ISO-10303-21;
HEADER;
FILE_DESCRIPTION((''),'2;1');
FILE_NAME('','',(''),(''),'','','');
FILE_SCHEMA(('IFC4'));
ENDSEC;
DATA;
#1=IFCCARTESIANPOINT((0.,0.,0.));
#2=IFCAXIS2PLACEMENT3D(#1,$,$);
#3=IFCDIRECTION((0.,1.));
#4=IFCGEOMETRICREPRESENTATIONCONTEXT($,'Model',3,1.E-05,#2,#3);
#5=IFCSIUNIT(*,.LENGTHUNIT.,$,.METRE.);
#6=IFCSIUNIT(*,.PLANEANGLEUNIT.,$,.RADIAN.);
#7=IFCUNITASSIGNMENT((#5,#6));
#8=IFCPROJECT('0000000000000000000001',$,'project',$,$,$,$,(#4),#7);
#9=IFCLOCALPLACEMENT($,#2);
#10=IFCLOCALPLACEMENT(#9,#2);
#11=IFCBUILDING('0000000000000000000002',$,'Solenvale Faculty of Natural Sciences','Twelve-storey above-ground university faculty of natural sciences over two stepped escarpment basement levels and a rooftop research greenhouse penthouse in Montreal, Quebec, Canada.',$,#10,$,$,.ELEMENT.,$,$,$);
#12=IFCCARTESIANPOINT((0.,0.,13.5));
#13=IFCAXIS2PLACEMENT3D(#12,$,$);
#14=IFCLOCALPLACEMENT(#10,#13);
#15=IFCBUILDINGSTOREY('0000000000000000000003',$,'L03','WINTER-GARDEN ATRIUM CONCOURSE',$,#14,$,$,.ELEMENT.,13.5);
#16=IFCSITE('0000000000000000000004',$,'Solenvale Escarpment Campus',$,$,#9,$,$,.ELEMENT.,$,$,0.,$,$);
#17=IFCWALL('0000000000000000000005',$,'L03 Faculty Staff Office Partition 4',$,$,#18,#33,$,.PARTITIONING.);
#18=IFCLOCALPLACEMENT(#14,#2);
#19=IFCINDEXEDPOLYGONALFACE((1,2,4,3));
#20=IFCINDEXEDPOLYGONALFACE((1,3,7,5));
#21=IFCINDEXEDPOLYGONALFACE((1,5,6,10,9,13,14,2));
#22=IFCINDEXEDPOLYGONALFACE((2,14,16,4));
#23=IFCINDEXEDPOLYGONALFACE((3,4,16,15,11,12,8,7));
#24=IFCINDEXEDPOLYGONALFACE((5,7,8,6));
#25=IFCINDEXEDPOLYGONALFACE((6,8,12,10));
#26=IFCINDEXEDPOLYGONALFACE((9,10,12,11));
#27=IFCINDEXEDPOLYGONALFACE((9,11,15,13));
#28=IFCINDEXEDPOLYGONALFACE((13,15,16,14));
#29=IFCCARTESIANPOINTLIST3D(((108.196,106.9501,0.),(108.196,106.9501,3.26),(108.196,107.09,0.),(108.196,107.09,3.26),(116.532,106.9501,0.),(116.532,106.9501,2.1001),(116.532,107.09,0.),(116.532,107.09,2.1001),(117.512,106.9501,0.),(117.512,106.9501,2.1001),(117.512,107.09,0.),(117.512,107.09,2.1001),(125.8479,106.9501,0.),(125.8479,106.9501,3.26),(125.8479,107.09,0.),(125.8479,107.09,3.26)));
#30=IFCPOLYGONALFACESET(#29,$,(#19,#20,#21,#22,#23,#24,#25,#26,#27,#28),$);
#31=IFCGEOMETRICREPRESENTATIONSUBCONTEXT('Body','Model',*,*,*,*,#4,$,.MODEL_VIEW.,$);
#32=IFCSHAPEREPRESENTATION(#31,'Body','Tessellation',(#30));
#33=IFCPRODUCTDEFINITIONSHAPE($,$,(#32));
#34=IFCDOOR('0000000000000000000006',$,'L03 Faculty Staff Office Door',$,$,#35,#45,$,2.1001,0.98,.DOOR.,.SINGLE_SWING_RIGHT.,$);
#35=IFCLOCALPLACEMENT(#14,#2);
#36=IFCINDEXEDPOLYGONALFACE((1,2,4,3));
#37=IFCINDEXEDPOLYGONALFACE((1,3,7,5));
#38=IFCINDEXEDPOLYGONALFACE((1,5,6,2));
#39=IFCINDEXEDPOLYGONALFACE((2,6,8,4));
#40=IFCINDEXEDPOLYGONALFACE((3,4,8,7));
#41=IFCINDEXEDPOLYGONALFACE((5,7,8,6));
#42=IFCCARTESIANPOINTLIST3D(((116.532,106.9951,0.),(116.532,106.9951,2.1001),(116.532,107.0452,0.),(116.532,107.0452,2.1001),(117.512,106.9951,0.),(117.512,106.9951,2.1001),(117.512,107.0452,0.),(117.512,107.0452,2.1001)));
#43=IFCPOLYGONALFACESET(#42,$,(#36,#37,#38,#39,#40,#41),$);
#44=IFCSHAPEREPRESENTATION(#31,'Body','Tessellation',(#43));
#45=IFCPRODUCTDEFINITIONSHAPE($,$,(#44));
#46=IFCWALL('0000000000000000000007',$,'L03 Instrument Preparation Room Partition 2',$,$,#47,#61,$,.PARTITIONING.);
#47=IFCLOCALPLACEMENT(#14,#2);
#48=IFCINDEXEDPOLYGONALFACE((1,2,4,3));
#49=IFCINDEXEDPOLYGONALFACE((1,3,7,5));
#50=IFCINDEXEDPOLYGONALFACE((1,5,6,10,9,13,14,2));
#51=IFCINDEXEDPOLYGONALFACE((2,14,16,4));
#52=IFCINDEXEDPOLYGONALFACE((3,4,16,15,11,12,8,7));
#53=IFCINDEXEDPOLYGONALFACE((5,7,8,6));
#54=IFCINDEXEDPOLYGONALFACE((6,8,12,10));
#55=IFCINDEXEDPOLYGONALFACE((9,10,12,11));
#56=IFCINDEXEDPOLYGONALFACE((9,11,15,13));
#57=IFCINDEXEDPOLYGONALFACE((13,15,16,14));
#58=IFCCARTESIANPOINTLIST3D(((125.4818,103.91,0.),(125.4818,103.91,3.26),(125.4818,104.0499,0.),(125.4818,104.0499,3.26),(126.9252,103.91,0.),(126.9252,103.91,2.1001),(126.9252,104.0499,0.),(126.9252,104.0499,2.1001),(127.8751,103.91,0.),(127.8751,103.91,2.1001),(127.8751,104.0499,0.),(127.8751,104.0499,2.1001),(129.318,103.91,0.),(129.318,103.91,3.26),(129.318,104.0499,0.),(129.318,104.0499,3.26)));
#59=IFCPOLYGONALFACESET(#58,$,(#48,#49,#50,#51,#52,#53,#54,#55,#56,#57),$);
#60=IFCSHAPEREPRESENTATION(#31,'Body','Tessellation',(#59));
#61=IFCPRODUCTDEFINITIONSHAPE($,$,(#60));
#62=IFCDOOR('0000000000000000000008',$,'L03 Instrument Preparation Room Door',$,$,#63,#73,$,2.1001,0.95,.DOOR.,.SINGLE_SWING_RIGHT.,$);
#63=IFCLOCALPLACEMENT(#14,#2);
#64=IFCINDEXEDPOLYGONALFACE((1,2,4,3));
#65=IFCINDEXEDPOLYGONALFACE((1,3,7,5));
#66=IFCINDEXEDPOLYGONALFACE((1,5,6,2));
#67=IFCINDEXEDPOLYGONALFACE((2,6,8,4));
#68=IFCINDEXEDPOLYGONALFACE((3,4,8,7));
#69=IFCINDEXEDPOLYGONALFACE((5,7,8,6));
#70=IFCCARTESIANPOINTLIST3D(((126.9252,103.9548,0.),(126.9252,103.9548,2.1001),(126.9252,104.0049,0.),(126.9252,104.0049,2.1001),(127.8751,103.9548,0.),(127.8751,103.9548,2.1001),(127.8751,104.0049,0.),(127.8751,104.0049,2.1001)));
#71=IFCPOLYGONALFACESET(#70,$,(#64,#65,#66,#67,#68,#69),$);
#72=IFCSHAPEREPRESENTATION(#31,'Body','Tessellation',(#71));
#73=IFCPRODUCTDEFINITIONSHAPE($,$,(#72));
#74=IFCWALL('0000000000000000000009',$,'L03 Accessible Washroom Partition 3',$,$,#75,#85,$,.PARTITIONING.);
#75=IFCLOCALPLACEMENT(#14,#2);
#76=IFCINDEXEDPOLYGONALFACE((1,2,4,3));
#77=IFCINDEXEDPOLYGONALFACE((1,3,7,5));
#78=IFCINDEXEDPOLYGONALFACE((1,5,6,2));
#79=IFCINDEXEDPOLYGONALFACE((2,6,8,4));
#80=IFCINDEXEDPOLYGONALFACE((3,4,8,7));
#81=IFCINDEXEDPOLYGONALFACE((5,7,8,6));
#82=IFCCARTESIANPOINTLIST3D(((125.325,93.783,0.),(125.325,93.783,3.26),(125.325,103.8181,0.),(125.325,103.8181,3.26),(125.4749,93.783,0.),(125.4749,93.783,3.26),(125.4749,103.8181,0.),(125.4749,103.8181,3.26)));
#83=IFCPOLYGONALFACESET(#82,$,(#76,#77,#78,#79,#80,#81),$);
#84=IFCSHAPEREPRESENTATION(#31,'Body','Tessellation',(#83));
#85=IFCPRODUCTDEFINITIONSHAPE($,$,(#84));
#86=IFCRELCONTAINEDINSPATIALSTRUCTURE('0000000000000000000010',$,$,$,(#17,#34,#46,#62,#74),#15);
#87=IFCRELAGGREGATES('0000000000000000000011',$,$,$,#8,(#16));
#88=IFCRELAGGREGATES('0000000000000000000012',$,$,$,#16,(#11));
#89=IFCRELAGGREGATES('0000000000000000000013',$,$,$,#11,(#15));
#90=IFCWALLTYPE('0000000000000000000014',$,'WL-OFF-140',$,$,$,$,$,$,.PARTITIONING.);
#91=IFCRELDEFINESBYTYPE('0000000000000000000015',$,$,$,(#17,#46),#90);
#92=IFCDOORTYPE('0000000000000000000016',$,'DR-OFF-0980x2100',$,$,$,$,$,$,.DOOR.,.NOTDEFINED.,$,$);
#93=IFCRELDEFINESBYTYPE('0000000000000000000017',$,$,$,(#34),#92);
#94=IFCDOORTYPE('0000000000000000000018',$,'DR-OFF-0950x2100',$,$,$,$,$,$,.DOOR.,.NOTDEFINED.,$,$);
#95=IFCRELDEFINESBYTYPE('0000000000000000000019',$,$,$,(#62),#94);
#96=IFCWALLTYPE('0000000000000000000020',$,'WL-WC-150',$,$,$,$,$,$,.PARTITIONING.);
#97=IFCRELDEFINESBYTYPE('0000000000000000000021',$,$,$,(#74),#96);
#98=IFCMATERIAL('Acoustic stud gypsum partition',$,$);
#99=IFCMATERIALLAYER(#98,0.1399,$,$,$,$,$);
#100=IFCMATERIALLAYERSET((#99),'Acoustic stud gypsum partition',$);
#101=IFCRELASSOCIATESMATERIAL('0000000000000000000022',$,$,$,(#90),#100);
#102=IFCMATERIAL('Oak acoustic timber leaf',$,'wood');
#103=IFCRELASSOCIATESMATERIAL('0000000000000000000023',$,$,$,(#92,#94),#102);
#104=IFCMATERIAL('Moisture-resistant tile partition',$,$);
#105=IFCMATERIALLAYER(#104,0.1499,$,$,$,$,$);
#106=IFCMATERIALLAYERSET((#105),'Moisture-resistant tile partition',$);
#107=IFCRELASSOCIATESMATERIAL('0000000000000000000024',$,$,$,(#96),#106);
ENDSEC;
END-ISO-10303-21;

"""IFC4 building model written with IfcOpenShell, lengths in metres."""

from ifc_helpers import new_model, si_unit, direction, frame, frame_2d, origin, place, context, subcontext, project, spatial, rectangle, extrude, material, layer, layer_set, type_object, element, fill, save


model = new_model("IFC4")

# Units and contexts
model_context = context("Model", 3, precision=1e-05, world=origin(), true_north=direction((0.0, 1.0)))
body_context = subcontext(model_context, "Body", "Model", "MODEL_VIEW")
ifc_project = project(units=[si_unit("LENGTHUNIT", "METRE"), si_unit("PLANEANGLEUNIT", "RADIAN")], contexts=[model_context])

# Site, building, storey
site_placement = place(None, origin())
site = spatial("IfcSite", under=ifc_project, at=site_placement, Name="Solenvale Escarpment Campus", CompositionType="ELEMENT", RefElevation=0.0)
building_placement = place(site_placement, origin())
building = spatial("IfcBuilding", under=site, at=building_placement, Name="Solenvale Faculty of Natural Sciences", Description="Twelve-storey above-ground university faculty of natural sciences over two stepped escarpment basement levels and a rooftop research greenhouse penthouse in Montreal, Quebec, Canada.", CompositionType="ELEMENT")
storey_placement = place(building_placement, frame((0.0, 0.0, 13.5)))
storey = spatial("IfcBuildingStorey", under=building, at=storey_placement, Name="L03", Description="WINTER-GARDEN ATRIUM CONCOURSE", CompositionType="ELEMENT", Elevation=13.5)

# Shared definitions
ifc_material_1 = material(Name="Acoustic stud gypsum partition")
ifc_layer_1 = layer(ifc_material_1, 0.1399)
ifc_layer_set_1 = layer_set([ifc_layer_1], Name="Acoustic stud gypsum partition")
wall_type_1 = type_object("IfcWallType", Name="WL-OFF-140", PredefinedType="PARTITIONING", material=ifc_layer_set_1)

# Walls, openings, doors
wall_1_placement = place(storey_placement, frame((125.8479, 107.02, 0.0), z_axis=(0.0, 0.0, 1.0), x_axis=(-1.0, 0.0, 0.0)))
wall_1 = element("IfcWall", 1, at=wall_1_placement, inside=storey, type_object=wall_type_1, Name="L03 Faculty Staff Office Partition 4", PredefinedType="PARTITIONING", context=body_context, shape_type="SweptSolid", body=[
    extrude(rectangle(XDim=17.6519, YDim=0.1399, at=frame_2d((8.8259, 0.0))), origin(), (0.0, 0.0, 1.0), 3.26),
])
opening_1_placement = place(wall_1_placement, frame((8.3359, 0.0, 0.0)))
opening_1 = element("IfcOpeningElement", 2, at=opening_1_placement, cuts=wall_1, PredefinedType="OPENING", context=body_context, shape_type="SweptSolid", body=[
    extrude(rectangle(XDim=0.98, YDim=2.1001, at=frame_2d((0.49, 1.05))), frame((0.0, 0.0798, 0.0), z_axis=(0.0, -1.0, 0.0), x_axis=(1.0, 0.0, 0.0)), (0.0, 0.0, 1.0), 0.1599),
])
ifc_material_2 = material(Name="Oak acoustic timber leaf", Category="wood")
door_type_1 = type_object("IfcDoorType", Name="DR-OFF-0980x2100", OperationType="NOTDEFINED", PredefinedType="DOOR", material=ifc_material_2)
door_1_placement = place(opening_1_placement, origin())
door_1 = element("IfcDoor", 3, at=door_1_placement, inside=storey, type_object=door_type_1, Name="L03 Faculty Staff Office Door", OperationType="SINGLE_SWING_RIGHT", OverallHeight=2.1001, OverallWidth=0.98, PredefinedType="DOOR", context=body_context, shape_type="SweptSolid", body=[
    extrude(rectangle(XDim=0.98, YDim=2.1001, at=frame_2d((0.49, 1.05))), frame((0.0, 0.0249, 0.0), z_axis=(0.0, -1.0, 0.0), x_axis=(1.0, 0.0, 0.0)), (0.0, 0.0, 1.0), 0.05),
])
fill(opening_1, door_1)
wall_2_placement = place(storey_placement, frame((125.4819, 103.98, 0.0), z_axis=(0.0, 0.0, 1.0), x_axis=(1.0, 0.0, 0.0)))
wall_2 = element("IfcWall", 4, at=wall_2_placement, inside=storey, type_object=wall_type_1, Name="L03 Instrument Preparation Room Partition 2", PredefinedType="PARTITIONING", context=body_context, shape_type="SweptSolid", body=[
    extrude(rectangle(XDim=3.8362, YDim=0.1399, at=frame_2d((1.918, 0.0))), origin(), (0.0, 0.0, 1.0), 3.26),
])
opening_2_placement = place(wall_2_placement, frame((1.4431, 0.0, 0.0)))
opening_2 = element("IfcOpeningElement", 5, at=opening_2_placement, cuts=wall_2, PredefinedType="OPENING", context=body_context, shape_type="SweptSolid", body=[
    extrude(rectangle(XDim=0.95, YDim=2.1001, at=frame_2d((0.4751, 1.05))), frame((0.0, 0.0798, 0.0), z_axis=(0.0, -1.0, 0.0), x_axis=(1.0, 0.0, 0.0)), (0.0, 0.0, 1.0), 0.1599),
])
door_type_2 = type_object("IfcDoorType", Name="DR-OFF-0950x2100", OperationType="NOTDEFINED", PredefinedType="DOOR", material=ifc_material_2)
door_2_placement = place(opening_2_placement, origin())
door_2 = element("IfcDoor", 6, at=door_2_placement, inside=storey, type_object=door_type_2, Name="L03 Instrument Preparation Room Door", OperationType="SINGLE_SWING_RIGHT", OverallHeight=2.1001, OverallWidth=0.95, PredefinedType="DOOR", context=body_context, shape_type="SweptSolid", body=[
    extrude(rectangle(XDim=0.95, YDim=2.1001, at=frame_2d((0.4751, 1.05))), frame((0.0, 0.0249, 0.0), z_axis=(0.0, -1.0, 0.0), x_axis=(1.0, 0.0, 0.0)), (0.0, 0.0, 1.0), 0.05),
])
fill(opening_2, door_2)

# Wall
ifc_material_3 = material(Name="Moisture-resistant tile partition")
ifc_layer_2 = layer(ifc_material_3, 0.1499)
ifc_layer_set_2 = layer_set([ifc_layer_2], Name="Moisture-resistant tile partition")
wall_type_2 = type_object("IfcWallType", Name="WL-WC-150", PredefinedType="PARTITIONING", material=ifc_layer_set_2)
wall_3_placement = place(storey_placement, frame((125.3999, 103.8181, 0.0), z_axis=(0.0, 0.0, 1.0), x_axis=(0.0, -1.0, 0.0)))
element("IfcWall", 7, at=wall_3_placement, inside=storey, type_object=wall_type_2, Name="L03 Accessible Washroom Partition 3", PredefinedType="PARTITIONING", context=body_context, shape_type="SweptSolid", body=[
    extrude(rectangle(XDim=10.0352, YDim=0.1499, at=frame_2d((5.0176, 0.0))), origin(), (0.0, 0.0, 1.0), 3.26),
])

save(model, "model.ifc")
